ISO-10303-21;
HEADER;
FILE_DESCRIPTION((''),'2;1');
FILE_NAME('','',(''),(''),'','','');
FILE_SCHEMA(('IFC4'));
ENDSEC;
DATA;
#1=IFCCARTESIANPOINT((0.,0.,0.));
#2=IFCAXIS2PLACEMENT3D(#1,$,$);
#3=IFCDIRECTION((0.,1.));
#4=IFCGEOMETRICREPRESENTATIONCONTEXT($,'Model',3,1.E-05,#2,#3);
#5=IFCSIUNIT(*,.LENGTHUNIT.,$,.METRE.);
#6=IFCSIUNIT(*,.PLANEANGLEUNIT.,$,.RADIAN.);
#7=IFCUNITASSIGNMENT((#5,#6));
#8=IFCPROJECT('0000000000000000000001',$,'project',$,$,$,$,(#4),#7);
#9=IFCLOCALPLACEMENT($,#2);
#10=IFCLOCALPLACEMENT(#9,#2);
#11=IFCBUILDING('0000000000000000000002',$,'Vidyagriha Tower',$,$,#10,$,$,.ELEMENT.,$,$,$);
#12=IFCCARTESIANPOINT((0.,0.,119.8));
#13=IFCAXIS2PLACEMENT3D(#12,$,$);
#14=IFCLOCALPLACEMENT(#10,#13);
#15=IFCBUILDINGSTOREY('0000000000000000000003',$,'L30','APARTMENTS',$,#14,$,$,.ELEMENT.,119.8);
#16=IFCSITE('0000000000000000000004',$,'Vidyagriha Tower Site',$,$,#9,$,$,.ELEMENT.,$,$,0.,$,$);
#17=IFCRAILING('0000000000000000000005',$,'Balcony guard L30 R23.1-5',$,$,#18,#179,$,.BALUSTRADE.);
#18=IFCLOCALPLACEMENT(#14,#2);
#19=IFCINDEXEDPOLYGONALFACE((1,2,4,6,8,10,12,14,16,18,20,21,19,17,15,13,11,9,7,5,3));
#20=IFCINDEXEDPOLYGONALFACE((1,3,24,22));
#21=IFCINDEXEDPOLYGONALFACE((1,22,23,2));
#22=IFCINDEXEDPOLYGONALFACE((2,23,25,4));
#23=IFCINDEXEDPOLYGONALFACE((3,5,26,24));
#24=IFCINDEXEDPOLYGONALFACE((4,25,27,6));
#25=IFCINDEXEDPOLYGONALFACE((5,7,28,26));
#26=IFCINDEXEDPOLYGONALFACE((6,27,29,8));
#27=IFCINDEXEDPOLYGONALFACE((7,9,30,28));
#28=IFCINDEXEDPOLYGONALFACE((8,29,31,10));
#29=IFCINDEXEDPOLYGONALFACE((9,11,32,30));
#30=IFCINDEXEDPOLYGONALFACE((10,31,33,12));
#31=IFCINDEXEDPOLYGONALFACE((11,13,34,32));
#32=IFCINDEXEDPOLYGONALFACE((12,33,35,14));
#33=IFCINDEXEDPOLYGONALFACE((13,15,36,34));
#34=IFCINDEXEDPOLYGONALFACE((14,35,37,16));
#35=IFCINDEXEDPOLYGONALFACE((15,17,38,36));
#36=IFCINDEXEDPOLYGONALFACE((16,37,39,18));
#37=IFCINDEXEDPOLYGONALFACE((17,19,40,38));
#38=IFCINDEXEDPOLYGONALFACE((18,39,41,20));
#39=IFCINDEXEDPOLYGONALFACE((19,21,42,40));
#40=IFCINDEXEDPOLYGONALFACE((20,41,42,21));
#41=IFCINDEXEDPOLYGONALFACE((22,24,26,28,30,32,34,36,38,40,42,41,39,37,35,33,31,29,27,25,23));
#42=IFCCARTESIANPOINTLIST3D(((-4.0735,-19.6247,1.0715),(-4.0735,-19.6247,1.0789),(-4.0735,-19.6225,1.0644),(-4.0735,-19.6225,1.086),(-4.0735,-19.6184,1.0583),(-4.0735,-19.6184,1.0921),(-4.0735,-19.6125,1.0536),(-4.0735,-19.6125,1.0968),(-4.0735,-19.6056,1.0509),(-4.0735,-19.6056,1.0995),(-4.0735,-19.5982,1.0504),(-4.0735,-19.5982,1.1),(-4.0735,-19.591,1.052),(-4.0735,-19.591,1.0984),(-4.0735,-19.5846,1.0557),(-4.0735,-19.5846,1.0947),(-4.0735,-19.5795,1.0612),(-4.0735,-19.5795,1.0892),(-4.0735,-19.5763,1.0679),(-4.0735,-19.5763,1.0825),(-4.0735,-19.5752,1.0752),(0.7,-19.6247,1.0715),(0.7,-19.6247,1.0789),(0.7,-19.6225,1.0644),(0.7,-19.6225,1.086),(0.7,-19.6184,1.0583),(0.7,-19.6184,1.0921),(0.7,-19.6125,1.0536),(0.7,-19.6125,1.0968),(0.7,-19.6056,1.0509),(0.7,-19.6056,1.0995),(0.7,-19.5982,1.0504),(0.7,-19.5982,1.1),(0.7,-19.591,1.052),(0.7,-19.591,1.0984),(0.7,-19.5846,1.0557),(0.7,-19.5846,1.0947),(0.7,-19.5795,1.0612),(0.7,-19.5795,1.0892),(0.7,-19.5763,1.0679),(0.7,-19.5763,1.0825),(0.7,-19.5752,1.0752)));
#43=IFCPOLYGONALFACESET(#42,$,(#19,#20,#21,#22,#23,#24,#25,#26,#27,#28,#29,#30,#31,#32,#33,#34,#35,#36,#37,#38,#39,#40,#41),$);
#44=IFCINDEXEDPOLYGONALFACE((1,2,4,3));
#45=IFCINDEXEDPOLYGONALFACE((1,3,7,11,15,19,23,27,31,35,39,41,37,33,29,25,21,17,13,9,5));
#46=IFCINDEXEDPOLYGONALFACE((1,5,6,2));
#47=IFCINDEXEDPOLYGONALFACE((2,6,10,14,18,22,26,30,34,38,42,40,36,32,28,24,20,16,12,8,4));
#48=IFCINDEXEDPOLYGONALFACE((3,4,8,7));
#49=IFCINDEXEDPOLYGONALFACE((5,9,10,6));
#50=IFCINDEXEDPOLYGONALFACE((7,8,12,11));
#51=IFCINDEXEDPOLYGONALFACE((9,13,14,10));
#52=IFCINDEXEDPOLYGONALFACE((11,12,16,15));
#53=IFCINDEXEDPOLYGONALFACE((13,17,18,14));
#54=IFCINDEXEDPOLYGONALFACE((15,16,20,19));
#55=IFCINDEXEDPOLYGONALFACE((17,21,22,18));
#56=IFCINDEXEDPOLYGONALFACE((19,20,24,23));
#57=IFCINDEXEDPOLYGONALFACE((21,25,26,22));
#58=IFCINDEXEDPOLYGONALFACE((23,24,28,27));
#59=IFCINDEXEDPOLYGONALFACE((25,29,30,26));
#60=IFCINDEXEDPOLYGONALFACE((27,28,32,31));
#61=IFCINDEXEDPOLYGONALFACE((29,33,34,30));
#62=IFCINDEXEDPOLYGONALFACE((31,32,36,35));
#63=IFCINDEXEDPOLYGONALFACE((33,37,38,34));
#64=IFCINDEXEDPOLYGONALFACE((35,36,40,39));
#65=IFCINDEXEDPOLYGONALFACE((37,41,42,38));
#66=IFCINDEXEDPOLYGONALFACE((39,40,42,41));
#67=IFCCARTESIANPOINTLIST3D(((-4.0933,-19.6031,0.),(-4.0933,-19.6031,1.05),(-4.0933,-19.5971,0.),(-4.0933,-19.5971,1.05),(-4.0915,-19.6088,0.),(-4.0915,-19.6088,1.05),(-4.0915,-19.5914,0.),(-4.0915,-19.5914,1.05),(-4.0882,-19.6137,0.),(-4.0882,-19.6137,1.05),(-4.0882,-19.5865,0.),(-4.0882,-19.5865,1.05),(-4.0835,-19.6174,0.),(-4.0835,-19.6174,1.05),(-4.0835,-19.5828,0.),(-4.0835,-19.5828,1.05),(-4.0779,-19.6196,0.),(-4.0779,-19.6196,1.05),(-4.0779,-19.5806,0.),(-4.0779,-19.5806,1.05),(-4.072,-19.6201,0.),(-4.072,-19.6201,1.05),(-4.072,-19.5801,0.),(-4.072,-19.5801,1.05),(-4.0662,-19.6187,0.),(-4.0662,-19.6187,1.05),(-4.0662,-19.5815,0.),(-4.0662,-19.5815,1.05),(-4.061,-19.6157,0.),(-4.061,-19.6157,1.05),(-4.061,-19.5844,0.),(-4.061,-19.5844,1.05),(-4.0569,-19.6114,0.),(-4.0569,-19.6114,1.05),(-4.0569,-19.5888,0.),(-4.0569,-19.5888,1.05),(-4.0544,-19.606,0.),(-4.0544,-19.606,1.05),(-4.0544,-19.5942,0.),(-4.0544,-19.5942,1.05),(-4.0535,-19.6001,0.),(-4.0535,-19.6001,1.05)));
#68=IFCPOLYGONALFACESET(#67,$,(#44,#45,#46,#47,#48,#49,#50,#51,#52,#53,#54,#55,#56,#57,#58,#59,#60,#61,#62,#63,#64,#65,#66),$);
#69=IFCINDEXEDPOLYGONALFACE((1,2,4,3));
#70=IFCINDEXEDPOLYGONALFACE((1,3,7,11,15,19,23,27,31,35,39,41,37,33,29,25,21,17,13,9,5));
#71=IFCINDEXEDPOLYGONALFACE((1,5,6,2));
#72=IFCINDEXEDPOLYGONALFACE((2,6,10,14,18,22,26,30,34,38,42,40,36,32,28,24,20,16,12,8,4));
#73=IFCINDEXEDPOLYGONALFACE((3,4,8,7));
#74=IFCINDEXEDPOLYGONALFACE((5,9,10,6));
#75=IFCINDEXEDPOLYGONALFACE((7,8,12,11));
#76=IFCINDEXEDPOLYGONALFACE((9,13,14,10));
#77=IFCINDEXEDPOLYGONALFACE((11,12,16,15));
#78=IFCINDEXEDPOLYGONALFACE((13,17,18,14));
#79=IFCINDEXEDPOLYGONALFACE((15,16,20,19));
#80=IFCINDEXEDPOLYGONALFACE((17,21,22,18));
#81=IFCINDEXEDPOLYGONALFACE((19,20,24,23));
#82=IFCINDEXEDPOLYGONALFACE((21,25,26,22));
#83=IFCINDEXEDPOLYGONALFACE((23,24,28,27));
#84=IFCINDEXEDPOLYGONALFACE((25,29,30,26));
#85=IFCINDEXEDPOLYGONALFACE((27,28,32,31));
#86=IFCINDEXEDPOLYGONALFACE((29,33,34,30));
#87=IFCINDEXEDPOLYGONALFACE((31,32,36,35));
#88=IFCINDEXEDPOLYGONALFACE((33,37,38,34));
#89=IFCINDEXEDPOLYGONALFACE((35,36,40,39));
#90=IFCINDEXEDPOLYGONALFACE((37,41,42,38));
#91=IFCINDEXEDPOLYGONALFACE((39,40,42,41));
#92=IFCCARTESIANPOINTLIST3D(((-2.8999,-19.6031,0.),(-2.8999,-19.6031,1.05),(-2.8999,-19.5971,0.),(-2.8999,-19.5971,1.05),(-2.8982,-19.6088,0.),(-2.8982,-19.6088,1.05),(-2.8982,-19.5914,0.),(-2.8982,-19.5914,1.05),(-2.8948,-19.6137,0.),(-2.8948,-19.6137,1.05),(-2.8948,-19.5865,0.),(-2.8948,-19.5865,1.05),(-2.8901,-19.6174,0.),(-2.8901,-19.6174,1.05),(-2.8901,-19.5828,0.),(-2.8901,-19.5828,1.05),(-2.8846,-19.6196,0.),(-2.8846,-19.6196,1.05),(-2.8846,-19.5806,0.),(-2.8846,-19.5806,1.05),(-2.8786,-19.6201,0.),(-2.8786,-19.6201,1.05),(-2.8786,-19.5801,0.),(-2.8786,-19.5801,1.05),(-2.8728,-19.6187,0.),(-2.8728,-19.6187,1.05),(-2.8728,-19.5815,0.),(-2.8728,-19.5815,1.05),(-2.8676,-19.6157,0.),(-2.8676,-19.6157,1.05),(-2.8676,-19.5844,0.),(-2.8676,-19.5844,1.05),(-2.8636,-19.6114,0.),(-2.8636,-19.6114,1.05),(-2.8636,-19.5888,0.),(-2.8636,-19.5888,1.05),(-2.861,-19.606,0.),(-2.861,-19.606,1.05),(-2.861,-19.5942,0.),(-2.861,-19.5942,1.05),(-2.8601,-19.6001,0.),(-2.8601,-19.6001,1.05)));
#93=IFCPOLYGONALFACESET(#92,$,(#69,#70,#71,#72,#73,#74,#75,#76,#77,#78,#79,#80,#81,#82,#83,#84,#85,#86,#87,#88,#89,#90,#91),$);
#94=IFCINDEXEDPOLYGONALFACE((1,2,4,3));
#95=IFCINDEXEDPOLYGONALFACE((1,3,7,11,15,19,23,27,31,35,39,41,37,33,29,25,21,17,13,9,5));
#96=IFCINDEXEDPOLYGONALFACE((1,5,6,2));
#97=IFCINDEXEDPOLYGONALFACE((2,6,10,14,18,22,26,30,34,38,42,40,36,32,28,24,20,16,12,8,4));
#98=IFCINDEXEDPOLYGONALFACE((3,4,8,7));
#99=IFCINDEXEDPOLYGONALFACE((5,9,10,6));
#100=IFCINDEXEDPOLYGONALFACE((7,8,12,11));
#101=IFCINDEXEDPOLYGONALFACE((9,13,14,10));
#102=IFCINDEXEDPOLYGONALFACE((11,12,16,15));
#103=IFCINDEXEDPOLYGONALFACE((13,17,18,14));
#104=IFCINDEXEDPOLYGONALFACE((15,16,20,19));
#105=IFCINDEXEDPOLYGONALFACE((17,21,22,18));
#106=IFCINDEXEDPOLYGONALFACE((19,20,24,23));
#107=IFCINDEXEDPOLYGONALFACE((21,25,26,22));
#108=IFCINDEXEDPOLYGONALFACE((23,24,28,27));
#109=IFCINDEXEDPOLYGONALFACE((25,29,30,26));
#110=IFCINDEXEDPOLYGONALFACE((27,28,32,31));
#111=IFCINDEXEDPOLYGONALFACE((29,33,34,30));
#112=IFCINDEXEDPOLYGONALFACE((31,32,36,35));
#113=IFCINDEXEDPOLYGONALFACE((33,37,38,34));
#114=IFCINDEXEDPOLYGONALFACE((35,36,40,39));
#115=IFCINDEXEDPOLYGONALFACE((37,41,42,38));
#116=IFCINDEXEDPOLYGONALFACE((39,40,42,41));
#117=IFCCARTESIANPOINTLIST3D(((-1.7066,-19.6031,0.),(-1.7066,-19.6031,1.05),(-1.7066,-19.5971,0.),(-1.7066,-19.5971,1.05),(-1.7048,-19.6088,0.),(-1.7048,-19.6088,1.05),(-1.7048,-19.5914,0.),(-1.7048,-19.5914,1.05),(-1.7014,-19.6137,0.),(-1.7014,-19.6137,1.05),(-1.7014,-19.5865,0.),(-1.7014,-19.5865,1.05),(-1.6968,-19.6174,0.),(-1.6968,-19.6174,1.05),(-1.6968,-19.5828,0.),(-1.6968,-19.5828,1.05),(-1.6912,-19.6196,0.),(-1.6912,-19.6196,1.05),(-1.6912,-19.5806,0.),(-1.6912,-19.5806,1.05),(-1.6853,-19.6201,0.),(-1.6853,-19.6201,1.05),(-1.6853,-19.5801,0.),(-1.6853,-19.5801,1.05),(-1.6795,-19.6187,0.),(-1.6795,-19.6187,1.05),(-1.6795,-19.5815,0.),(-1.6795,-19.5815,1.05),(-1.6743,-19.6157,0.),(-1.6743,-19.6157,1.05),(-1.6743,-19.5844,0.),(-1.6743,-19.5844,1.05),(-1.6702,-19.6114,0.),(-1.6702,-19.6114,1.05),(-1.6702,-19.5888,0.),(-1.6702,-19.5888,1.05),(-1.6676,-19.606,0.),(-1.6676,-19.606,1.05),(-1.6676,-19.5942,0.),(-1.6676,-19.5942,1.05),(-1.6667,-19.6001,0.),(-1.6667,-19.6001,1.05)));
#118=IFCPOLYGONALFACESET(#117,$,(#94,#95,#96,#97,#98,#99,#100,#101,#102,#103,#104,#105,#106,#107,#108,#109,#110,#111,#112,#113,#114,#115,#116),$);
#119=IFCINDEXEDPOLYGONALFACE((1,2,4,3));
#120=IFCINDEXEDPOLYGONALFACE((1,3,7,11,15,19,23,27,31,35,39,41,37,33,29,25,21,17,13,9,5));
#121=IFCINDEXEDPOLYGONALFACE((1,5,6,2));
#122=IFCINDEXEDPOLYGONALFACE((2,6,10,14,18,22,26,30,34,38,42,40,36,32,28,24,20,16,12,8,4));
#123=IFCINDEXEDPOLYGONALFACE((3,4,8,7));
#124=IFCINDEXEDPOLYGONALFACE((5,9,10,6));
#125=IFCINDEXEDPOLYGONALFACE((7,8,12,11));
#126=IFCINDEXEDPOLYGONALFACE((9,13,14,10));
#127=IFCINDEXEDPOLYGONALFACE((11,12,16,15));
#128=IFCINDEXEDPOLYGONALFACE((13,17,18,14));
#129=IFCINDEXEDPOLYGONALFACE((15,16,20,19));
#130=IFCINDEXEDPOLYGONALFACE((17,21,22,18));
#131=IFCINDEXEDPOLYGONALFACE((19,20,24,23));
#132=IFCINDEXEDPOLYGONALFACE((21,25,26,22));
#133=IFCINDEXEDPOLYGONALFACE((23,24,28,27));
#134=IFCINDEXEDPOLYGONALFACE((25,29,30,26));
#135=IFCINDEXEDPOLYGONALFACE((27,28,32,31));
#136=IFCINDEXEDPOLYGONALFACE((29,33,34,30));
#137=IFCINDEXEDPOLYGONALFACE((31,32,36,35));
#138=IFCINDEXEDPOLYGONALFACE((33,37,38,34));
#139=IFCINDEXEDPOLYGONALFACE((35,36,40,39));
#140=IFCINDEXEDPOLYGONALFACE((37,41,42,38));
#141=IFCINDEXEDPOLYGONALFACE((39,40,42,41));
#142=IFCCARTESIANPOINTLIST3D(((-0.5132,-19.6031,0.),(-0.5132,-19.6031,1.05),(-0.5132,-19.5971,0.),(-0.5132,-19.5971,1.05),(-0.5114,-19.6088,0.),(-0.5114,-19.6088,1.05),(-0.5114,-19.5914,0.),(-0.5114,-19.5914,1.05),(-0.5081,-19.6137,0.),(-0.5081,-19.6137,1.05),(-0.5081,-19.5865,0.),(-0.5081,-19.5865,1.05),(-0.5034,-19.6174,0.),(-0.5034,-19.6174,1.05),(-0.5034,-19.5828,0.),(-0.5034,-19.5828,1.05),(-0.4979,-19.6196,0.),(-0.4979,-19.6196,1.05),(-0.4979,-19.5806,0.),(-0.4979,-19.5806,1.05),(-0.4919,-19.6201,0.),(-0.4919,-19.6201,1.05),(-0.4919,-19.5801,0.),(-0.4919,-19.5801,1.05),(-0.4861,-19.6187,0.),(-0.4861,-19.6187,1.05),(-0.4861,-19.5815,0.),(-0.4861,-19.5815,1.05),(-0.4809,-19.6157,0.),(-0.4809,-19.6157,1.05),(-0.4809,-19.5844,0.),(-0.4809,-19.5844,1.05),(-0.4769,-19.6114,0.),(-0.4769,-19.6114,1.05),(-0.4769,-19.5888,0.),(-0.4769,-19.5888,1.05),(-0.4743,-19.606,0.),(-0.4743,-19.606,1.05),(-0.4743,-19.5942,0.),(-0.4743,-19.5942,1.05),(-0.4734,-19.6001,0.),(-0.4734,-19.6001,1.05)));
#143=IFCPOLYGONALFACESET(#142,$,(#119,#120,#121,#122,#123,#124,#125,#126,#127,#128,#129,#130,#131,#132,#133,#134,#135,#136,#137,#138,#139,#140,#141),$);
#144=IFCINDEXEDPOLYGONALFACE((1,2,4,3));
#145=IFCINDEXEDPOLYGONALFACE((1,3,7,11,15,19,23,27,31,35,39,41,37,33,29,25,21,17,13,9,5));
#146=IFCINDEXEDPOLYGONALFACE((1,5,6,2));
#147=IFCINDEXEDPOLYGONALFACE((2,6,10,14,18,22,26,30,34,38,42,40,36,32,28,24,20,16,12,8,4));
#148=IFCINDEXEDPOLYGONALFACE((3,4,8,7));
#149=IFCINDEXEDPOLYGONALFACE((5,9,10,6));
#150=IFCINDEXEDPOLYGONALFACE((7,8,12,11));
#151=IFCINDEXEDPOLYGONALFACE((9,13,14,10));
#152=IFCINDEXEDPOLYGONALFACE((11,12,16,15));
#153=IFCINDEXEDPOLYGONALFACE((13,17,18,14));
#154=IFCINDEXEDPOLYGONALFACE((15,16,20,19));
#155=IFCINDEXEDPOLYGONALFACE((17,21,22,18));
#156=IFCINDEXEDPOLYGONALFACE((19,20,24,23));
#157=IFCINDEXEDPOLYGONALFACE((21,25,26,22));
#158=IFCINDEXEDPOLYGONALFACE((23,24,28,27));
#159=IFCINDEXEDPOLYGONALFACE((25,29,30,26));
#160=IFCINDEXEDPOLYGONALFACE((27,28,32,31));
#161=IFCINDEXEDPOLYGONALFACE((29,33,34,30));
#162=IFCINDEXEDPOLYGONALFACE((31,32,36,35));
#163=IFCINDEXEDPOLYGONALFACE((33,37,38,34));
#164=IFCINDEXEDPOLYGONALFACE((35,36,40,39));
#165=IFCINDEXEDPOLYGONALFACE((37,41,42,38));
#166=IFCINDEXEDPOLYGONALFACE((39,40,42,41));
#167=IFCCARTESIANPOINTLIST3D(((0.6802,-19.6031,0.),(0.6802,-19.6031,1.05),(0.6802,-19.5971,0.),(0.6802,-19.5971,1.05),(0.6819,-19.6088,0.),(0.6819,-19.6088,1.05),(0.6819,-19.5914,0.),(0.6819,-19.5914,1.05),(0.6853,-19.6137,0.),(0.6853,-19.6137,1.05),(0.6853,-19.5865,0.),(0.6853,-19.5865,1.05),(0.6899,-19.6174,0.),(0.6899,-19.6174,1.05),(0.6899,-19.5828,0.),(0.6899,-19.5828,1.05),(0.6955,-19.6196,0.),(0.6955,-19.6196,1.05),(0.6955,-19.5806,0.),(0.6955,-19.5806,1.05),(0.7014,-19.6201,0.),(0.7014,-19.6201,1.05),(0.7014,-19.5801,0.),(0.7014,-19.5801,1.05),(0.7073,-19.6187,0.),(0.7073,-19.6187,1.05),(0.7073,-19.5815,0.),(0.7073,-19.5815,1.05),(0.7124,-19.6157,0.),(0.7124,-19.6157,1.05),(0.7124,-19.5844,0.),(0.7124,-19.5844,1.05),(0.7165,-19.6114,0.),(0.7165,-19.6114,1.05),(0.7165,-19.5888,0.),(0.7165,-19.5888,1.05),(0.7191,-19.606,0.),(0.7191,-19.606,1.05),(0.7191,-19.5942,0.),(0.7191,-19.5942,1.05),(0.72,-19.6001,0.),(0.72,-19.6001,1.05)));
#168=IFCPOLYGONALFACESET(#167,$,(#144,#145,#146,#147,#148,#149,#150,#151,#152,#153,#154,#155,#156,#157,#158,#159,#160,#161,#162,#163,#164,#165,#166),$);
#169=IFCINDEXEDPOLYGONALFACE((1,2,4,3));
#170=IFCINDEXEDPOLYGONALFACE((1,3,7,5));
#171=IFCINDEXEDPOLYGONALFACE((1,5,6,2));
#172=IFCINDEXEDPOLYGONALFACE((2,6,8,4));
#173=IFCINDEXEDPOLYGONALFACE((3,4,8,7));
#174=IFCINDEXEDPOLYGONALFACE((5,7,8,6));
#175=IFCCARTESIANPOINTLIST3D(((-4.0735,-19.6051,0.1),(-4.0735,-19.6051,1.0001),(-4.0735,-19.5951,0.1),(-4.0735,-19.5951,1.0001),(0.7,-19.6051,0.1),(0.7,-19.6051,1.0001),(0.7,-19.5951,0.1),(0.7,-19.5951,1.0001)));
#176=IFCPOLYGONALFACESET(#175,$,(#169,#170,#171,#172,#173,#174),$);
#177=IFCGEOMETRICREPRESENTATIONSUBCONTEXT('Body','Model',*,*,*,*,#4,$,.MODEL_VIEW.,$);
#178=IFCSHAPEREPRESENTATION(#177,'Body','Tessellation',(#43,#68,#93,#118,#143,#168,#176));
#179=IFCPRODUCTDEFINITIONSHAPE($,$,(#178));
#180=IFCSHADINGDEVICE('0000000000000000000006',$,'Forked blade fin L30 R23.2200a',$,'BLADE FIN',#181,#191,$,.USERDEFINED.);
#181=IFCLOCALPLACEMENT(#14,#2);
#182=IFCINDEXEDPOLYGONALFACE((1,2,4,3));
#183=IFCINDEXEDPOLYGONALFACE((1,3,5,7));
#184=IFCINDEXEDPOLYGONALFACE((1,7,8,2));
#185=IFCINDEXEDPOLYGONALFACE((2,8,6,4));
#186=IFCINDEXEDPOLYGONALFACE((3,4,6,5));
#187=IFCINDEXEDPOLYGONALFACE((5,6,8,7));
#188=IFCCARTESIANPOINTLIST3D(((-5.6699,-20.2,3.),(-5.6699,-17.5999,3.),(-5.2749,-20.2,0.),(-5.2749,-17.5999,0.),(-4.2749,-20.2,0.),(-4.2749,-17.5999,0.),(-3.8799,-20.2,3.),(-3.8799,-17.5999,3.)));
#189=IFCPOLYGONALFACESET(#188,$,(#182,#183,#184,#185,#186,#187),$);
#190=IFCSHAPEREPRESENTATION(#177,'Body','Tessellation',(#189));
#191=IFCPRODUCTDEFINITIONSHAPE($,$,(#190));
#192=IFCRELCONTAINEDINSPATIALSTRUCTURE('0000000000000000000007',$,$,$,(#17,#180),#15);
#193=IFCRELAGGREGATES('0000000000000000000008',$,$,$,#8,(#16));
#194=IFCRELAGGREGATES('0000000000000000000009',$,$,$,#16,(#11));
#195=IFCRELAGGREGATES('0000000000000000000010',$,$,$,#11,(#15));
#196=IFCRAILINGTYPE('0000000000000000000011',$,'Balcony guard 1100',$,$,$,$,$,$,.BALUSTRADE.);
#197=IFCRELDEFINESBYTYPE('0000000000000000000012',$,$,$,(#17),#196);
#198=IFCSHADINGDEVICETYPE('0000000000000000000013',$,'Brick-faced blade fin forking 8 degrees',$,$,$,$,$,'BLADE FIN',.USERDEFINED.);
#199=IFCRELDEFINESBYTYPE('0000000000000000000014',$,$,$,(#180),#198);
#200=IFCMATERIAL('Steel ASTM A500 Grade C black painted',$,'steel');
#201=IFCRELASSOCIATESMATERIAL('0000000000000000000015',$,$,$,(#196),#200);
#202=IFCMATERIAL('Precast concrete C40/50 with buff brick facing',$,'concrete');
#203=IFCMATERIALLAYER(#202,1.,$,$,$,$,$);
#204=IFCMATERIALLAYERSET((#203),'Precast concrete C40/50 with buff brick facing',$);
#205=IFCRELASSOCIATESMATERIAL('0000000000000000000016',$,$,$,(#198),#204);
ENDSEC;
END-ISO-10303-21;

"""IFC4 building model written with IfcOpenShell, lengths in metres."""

from ifc_helpers import new_model, si_unit, direction, frame, origin, origin_2d, place, context, subcontext, project, spatial, polyline, rectangle, circle, outline, extrude, material, layer, layer_set, type_object, element, save


model = new_model("IFC4")

# Units and contexts
model_context = context("Model", 3, precision=1e-05, world=origin(), true_north=direction((0.0, 1.0)))
body_context = subcontext(model_context, "Body", "Model", "MODEL_VIEW")
ifc_project = project(units=[si_unit("LENGTHUNIT", "METRE"), si_unit("PLANEANGLEUNIT", "RADIAN")], contexts=[model_context])

# Site, building, storey
site_placement = place(None, origin())
site = spatial("IfcSite", under=ifc_project, at=site_placement, Name="Vidyagriha Tower Site", CompositionType="ELEMENT", RefElevation=0.0)
building_placement = place(site_placement, origin())
building = spatial("IfcBuilding", under=site, at=building_placement, Name="Vidyagriha Tower", CompositionType="ELEMENT")
storey_placement = place(building_placement, frame((0.0, 0.0, 119.8)))
storey = spatial("IfcBuildingStorey", under=building, at=storey_placement, Name="L30", Description="APARTMENTS", CompositionType="ELEMENT", Elevation=119.8)

# Railing
ifc_material_1 = material(Name="Steel ASTM A500 Grade C black painted", Category="steel")
railing_type = type_object("IfcRailingType", Name="Balcony guard 1100", PredefinedType="BALUSTRADE", material=ifc_material_1)
railing_1_placement = place(storey_placement, frame((-4.0735, -19.6001, 0.0)))
element("IfcRailing", 1, at=railing_1_placement, inside=storey, type_object=railing_type, Name="Balcony guard L30 R23.1-5", PredefinedType="BALUSTRADE", context=body_context, shape_type="SweptSolid", body=[
    extrude(circle(Radius=0.0249, at=origin_2d()), frame((0.0, 0.0, 1.0752), z_axis=(1.0, 0.0, 0.0), x_axis=(0.0, 1.0, 0.0)), (0.0, 0.0, 1.0), 4.7734),
    extrude(circle(Radius=0.02, at=origin_2d()), origin(), (0.0, 0.0, 1.0), 1.05),
    extrude(circle(Radius=0.02, at=origin_2d()), frame((1.1934, 0.0, 0.0)), (0.0, 0.0, 1.0), 1.05),
    extrude(circle(Radius=0.02, at=origin_2d()), frame((2.3867, 0.0, 0.0)), (0.0, 0.0, 1.0), 1.05),
    extrude(circle(Radius=0.02, at=origin_2d()), frame((3.5801, 0.0, 0.0)), (0.0, 0.0, 1.0), 1.05),
    extrude(circle(Radius=0.02, at=origin_2d()), frame((4.7734, 0.0, 0.0)), (0.0, 0.0, 1.0), 1.05),
    extrude(rectangle(XDim=0.01, YDim=0.9001, at=origin_2d()), frame((0.0, 0.0, 0.55), z_axis=(1.0, 0.0, 0.0), x_axis=(0.0, 1.0, 0.0)), (0.0, 0.0, 1.0), 4.7734),
])

# Shading device
ifc_material_2 = material(Name="Precast concrete C40/50 with buff brick facing", Category="concrete")
ifc_layer_1 = layer(ifc_material_2, 1.0)
ifc_layer_set_1 = layer_set([ifc_layer_1], Name="Precast concrete C40/50 with buff brick facing")
shading_device_type = type_object("IfcShadingDeviceType", Name="Brick-faced blade fin forking 8 degrees", ElementType="BLADE FIN", PredefinedType="USERDEFINED", material=ifc_layer_set_1)
shading_device_placement = place(storey_placement, frame((-5.6699, -18.8999, 0.0)))
element("IfcShadingDevice", 2, at=shading_device_placement, inside=storey, type_object=shading_device_type, Name="Forked blade fin L30 R23.2200a", ObjectType="BLADE FIN", PredefinedType="USERDEFINED", context=body_context, shape_type="SweptSolid", body=[
    extrude(outline(polyline([(0.395, 0.0), (1.395, 0.0), (1.79, 3.0), (0.0, 3.0), (0.395, 0.0)])), frame((0.0, 1.3, 0.0), z_axis=(0.0, -1.0, 0.0), x_axis=(1.0, 0.0, 0.0)), (0.0, 0.0, 1.0), 2.6001),
])

save(model, "model.ifc")
